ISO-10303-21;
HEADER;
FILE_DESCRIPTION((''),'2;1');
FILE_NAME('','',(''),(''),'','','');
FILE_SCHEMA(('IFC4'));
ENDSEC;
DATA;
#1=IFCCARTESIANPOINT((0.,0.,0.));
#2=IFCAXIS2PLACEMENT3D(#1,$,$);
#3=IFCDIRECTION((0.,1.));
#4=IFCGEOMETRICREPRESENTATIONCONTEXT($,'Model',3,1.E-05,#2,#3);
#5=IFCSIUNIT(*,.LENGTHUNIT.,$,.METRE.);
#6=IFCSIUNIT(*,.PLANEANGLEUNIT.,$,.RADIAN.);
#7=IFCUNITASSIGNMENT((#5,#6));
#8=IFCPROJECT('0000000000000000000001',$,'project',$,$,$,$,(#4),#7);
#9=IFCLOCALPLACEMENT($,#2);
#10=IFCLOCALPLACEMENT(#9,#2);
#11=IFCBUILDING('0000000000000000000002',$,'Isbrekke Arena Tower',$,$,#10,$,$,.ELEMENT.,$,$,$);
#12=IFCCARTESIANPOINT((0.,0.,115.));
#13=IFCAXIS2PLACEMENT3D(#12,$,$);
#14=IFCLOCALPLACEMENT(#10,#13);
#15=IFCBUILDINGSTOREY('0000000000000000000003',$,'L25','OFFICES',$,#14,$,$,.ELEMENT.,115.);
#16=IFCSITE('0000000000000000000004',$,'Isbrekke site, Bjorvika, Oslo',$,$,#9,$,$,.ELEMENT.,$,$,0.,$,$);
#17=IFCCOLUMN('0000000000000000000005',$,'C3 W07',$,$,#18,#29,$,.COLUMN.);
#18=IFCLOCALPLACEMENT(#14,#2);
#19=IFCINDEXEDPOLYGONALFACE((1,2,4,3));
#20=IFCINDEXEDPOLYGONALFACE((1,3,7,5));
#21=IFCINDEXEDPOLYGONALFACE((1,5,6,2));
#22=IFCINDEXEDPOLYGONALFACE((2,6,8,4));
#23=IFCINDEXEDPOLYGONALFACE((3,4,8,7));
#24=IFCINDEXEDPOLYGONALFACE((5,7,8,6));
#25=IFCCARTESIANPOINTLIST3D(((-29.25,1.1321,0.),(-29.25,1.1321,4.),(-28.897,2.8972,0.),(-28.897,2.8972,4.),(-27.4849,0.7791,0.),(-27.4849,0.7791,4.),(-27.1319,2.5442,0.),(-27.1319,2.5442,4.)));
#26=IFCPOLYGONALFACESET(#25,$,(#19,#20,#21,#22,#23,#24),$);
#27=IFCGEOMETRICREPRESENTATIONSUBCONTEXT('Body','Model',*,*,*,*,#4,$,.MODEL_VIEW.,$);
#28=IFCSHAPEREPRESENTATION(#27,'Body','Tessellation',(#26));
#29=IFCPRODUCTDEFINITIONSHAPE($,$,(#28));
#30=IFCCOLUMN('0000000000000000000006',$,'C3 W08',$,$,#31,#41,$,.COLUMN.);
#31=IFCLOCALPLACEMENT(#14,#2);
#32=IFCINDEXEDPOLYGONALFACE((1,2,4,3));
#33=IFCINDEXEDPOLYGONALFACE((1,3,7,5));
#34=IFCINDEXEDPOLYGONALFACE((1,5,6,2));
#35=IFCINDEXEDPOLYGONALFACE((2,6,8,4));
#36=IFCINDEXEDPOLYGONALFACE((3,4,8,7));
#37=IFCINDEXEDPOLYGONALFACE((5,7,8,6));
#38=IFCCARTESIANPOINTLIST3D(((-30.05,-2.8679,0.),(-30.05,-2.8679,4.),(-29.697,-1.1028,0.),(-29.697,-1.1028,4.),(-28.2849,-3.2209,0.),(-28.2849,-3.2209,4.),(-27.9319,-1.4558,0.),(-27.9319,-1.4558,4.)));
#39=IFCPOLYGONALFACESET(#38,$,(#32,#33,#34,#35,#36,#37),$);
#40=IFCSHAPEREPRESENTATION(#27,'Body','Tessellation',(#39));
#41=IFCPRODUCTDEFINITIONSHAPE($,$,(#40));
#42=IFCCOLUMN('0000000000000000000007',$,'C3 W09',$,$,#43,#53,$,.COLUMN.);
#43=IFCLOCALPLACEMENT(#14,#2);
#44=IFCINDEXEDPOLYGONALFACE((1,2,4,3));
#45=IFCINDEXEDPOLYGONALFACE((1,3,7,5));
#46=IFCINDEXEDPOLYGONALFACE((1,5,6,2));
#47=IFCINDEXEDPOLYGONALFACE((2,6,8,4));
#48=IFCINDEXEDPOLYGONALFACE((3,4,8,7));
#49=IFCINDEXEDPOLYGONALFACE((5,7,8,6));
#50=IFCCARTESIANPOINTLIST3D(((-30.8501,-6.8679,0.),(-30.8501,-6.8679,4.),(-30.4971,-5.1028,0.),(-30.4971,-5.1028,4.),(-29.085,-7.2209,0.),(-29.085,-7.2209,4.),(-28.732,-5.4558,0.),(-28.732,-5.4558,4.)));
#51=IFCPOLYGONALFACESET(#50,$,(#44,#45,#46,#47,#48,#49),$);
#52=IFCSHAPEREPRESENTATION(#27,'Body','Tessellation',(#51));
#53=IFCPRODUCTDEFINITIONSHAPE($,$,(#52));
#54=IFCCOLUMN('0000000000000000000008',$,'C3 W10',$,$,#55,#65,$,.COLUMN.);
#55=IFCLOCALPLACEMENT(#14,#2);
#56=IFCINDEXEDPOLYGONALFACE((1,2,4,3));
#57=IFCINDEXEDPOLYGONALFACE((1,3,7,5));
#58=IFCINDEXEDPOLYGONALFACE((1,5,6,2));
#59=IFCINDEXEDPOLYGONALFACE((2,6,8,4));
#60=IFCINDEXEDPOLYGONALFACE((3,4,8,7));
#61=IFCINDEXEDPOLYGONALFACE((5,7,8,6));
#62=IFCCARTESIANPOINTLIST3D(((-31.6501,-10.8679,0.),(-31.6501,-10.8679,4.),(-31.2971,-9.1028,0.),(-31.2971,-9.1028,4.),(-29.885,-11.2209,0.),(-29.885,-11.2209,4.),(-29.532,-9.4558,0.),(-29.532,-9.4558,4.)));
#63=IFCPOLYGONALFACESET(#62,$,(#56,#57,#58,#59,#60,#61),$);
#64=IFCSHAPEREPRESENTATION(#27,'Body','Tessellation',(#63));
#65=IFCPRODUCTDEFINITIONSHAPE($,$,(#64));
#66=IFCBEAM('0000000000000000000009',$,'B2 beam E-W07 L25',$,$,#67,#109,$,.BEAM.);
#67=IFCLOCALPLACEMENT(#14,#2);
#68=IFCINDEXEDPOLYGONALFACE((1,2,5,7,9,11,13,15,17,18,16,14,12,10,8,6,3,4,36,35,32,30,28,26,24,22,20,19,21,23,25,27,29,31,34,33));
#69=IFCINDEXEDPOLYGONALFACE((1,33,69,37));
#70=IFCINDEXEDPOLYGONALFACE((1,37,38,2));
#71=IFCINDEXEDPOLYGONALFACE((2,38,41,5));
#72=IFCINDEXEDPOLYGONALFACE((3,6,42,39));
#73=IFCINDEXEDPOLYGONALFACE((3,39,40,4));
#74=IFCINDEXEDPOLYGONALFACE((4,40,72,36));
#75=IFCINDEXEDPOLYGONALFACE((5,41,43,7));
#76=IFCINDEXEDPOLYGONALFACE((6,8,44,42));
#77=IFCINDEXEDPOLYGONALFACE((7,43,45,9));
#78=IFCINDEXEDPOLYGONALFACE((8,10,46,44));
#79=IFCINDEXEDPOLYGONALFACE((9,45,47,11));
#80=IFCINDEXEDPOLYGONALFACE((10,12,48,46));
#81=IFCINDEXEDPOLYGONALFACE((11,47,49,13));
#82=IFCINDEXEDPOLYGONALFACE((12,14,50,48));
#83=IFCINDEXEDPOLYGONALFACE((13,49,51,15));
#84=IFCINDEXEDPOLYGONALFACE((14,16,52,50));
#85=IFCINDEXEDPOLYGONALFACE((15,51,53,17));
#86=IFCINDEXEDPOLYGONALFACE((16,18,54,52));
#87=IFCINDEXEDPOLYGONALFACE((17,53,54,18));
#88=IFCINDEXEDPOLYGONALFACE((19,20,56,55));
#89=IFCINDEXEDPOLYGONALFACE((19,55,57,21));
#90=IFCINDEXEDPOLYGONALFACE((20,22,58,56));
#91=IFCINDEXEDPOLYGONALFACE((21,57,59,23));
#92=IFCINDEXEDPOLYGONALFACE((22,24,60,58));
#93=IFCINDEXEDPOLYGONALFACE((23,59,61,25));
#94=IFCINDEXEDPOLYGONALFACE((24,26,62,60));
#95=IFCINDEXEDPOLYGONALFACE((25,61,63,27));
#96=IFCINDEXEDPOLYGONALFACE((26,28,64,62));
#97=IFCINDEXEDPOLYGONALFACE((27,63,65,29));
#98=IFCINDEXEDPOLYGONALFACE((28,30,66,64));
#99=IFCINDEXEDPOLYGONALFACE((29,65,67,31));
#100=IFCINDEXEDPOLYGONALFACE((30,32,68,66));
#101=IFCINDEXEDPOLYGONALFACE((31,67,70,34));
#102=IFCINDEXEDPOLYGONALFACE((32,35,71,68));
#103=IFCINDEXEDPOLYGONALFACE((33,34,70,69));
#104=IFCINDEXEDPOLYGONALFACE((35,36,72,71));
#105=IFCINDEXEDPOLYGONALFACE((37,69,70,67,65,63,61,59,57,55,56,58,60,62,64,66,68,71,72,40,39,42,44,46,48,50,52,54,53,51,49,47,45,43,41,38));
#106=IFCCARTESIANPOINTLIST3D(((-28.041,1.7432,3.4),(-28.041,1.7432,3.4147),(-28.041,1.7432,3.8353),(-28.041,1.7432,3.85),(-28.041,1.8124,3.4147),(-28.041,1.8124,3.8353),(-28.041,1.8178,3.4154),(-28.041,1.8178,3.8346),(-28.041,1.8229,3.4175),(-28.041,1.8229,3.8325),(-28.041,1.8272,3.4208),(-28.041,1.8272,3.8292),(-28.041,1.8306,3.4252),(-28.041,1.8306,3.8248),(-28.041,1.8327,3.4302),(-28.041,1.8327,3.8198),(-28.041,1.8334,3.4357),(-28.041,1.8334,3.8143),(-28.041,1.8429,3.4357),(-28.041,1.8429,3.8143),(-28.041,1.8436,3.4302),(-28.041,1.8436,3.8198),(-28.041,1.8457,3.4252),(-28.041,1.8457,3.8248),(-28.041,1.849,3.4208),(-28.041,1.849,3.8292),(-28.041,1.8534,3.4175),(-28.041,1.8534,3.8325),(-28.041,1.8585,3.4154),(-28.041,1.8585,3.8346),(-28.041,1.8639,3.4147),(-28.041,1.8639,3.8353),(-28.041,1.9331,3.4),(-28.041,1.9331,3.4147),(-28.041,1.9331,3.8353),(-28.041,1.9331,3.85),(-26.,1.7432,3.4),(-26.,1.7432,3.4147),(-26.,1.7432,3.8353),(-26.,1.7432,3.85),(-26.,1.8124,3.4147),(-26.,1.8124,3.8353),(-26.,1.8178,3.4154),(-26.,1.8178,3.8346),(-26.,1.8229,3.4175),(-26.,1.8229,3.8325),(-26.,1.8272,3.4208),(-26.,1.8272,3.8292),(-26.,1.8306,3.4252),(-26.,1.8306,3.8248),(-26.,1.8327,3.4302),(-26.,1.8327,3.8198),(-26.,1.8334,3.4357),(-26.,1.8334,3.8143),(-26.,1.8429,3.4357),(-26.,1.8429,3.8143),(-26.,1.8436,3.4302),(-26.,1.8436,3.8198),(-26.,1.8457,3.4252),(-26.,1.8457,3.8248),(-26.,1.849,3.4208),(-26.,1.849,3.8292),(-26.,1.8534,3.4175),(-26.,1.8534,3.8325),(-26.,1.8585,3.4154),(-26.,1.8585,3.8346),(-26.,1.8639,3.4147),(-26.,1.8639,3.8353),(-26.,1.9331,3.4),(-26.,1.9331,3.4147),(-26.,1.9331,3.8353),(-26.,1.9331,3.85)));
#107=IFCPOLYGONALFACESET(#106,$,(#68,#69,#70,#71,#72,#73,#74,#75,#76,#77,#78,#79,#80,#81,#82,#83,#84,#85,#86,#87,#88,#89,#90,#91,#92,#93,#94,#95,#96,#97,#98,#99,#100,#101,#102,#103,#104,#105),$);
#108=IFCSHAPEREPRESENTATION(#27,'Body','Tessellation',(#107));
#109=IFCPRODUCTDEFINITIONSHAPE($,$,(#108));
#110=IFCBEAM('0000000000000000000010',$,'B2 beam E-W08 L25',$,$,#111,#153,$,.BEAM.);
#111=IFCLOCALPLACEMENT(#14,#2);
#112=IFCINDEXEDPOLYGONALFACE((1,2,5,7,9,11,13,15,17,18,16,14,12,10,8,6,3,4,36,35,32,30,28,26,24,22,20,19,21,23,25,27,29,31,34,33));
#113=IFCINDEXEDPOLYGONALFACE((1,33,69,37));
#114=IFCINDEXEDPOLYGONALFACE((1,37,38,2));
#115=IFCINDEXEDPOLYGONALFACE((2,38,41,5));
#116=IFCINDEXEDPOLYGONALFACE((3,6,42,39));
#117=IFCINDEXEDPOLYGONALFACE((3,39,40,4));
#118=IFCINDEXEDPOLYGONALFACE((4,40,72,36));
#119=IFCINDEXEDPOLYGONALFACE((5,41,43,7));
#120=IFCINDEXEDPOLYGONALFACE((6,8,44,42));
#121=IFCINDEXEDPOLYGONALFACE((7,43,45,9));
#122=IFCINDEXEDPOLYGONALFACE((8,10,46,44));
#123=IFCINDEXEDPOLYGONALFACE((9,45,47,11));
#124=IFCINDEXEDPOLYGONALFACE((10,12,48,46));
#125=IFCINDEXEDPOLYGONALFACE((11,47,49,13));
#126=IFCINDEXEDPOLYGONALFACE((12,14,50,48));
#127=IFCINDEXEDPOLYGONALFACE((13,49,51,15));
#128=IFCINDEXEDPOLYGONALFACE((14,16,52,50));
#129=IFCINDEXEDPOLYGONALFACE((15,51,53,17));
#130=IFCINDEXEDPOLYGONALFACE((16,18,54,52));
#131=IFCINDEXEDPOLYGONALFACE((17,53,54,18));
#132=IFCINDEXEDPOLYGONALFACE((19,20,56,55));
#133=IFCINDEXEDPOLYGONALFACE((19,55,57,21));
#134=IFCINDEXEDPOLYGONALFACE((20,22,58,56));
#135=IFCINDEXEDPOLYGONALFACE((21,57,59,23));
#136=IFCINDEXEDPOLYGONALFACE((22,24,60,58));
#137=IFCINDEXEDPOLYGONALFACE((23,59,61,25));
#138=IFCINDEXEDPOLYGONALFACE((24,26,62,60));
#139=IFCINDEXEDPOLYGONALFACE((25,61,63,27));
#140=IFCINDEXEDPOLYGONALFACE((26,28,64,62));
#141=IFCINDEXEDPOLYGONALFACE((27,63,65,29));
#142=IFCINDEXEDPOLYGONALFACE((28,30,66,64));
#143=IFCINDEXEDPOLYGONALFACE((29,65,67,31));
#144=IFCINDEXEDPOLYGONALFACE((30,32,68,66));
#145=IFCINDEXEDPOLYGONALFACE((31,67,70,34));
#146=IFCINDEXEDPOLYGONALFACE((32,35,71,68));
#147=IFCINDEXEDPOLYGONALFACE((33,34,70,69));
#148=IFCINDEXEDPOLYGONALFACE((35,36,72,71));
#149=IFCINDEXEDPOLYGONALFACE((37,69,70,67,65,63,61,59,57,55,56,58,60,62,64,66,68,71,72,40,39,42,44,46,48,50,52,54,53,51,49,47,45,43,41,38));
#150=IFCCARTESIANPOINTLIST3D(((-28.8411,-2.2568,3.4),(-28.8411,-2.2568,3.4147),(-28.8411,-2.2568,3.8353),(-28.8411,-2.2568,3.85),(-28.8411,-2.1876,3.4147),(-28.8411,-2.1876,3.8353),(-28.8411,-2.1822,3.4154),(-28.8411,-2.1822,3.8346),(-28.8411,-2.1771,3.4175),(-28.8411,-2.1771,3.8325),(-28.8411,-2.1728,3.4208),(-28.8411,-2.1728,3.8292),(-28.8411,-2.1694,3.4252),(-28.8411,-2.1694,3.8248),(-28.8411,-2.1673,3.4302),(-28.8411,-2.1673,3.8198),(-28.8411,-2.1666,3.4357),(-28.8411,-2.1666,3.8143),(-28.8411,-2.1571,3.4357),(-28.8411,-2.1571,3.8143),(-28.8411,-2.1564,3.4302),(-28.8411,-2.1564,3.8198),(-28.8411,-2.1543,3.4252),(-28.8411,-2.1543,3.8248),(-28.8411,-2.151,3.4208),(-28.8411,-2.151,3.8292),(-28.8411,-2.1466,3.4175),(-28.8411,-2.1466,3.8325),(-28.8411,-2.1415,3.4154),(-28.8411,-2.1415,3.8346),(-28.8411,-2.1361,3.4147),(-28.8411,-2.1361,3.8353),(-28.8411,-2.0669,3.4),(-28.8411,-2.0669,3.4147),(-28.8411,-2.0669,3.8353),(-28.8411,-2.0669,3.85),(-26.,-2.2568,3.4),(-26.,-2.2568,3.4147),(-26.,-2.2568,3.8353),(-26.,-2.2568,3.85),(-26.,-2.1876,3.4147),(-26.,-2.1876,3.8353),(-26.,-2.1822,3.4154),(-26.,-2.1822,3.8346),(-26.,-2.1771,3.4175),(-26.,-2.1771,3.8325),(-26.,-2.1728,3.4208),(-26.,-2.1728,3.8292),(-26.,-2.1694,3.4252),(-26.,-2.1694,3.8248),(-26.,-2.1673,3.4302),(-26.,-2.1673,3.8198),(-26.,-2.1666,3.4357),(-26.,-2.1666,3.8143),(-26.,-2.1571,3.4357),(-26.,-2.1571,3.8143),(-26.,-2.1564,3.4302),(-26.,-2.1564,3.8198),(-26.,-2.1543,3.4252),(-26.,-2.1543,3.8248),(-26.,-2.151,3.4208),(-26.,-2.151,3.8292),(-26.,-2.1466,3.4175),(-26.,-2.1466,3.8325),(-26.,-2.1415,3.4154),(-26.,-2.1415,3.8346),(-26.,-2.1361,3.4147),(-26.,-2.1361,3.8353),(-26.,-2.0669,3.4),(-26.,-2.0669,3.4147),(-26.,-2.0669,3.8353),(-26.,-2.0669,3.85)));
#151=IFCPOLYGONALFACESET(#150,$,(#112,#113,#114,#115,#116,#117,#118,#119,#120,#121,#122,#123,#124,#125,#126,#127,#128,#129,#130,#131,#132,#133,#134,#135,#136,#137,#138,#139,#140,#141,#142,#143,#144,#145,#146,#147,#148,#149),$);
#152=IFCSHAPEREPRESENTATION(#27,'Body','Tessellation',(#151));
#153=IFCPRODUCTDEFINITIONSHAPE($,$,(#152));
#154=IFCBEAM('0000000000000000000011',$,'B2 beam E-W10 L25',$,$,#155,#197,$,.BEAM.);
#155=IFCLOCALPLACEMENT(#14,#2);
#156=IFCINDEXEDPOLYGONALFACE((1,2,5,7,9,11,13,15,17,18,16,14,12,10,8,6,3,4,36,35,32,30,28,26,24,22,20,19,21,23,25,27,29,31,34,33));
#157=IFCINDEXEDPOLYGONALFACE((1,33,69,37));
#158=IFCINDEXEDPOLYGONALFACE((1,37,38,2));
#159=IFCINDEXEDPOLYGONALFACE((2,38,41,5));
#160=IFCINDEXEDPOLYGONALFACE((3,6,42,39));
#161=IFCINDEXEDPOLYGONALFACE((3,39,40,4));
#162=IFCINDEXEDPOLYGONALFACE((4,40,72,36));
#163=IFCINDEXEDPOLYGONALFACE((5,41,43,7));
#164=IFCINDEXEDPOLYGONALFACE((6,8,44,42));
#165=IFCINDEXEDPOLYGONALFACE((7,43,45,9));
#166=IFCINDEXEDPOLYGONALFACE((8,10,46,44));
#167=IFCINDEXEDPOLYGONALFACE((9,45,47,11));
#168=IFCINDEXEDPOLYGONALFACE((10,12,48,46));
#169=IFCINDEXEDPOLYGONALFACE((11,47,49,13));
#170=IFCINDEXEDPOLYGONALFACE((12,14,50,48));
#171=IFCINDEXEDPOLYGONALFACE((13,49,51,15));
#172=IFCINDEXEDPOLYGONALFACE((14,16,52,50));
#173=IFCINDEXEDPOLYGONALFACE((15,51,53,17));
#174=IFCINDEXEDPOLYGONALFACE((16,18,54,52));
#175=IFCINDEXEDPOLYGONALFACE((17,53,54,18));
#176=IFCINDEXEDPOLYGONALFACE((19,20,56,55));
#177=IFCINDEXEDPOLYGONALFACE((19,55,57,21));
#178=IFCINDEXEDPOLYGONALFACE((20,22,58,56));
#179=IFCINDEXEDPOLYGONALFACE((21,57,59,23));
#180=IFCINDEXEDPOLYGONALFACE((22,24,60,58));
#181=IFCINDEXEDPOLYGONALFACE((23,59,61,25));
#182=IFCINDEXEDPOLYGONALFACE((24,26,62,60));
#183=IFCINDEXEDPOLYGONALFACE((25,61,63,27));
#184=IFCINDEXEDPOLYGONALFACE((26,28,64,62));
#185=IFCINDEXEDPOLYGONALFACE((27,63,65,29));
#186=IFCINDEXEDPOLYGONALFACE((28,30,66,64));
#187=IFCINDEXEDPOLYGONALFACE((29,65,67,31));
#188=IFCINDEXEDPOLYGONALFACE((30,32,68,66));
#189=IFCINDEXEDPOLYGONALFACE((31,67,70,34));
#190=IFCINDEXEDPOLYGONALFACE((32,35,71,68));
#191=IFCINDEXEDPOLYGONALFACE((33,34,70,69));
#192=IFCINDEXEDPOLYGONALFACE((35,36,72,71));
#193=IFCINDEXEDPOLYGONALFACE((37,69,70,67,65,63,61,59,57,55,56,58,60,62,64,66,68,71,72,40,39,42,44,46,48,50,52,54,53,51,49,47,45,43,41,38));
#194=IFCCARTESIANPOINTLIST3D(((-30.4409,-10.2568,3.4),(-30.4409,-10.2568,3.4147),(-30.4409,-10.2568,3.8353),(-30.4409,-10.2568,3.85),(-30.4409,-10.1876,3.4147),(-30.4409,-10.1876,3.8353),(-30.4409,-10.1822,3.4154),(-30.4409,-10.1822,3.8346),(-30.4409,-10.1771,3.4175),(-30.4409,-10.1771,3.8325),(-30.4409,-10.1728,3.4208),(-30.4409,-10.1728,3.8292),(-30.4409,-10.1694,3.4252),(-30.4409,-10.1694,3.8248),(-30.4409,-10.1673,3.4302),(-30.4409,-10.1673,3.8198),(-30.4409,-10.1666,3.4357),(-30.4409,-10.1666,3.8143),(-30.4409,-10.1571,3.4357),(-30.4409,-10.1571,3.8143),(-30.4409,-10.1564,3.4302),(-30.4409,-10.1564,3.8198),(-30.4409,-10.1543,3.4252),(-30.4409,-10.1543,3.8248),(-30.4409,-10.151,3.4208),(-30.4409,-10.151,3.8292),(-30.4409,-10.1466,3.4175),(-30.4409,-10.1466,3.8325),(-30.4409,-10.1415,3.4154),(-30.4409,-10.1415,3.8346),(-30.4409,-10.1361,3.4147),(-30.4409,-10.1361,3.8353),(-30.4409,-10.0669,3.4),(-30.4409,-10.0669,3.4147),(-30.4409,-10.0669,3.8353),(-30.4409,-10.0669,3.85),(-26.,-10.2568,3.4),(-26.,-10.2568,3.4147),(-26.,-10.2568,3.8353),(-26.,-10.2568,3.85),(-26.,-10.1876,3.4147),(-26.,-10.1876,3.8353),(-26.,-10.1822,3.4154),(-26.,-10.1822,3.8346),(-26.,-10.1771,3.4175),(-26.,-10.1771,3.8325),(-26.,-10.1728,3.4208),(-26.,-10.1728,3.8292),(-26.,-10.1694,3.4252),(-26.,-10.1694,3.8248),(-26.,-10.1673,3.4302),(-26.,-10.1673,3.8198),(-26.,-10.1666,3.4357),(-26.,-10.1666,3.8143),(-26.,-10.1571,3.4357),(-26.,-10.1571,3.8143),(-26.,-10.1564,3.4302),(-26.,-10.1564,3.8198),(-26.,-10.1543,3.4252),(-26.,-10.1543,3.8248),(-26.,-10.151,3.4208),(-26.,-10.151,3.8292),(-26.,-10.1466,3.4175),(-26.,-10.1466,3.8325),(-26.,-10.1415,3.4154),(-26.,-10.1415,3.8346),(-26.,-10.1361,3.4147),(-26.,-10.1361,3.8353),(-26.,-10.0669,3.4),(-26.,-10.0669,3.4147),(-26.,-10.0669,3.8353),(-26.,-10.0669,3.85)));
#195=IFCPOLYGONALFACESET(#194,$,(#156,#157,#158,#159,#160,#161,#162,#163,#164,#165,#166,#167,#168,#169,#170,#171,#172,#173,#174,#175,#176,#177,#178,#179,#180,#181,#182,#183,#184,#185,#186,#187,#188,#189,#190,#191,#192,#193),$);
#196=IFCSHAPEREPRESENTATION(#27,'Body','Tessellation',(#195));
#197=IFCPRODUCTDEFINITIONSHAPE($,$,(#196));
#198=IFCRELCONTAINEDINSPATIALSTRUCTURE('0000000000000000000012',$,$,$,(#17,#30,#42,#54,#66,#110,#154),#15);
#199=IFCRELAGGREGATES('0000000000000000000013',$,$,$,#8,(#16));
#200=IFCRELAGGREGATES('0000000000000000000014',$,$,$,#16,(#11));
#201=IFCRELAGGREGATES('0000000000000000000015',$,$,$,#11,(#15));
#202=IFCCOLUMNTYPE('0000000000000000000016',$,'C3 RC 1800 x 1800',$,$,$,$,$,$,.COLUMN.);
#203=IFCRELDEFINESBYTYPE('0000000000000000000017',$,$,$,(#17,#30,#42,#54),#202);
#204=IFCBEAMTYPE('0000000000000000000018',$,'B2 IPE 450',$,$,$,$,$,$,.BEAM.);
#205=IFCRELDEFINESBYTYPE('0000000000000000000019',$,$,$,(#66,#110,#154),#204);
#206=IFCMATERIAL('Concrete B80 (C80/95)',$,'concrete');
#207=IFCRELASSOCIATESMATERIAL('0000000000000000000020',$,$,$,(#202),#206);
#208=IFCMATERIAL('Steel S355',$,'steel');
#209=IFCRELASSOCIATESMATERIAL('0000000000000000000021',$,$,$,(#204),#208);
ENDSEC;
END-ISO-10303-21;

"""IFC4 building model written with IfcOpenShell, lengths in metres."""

from ifc_helpers import new_model, si_unit, direction, frame, origin, origin_2d, place, context, subcontext, project, spatial, rectangle, i_section, extrude, material, material_profile, profile_set, type_object, element, save


model = new_model("IFC4")

# Units and contexts
model_context = context("Model", 3, precision=1e-05, world=origin(), true_north=direction((0.0, 1.0)))
body_context = subcontext(model_context, "Body", "Model", "MODEL_VIEW")
ifc_project = project(units=[si_unit("LENGTHUNIT", "METRE"), si_unit("PLANEANGLEUNIT", "RADIAN")], contexts=[model_context])

# Site, building, storey
site_placement = place(None, origin())
site = spatial("IfcSite", under=ifc_project, at=site_placement, Name="Isbrekke site, Bjorvika, Oslo", CompositionType="ELEMENT", RefElevation=0.0)
building_placement = place(site_placement, origin())
building = spatial("IfcBuilding", under=site, at=building_placement, Name="Isbrekke Arena Tower", CompositionType="ELEMENT")
storey_placement = place(building_placement, frame((0.0, 0.0, 115.0)))
storey = spatial("IfcBuildingStorey", under=building, at=storey_placement, Name="L25", Description="OFFICES", CompositionType="ELEMENT", Elevation=115.0)

# Columns
ifc_material_1 = material(Name="Concrete B80 (C80/95)", Category="concrete")
ifc_material_profile_1 = material_profile(ifc_material_1, rectangle(XDim=1.8, YDim=1.8, at=origin_2d()), Name="RC 1800x1800")
ifc_profile_set_1 = profile_set([ifc_material_profile_1], Name="Concrete B80 (C80/95)")
column_type = type_object("IfcColumnType", Name="C3 RC 1800 x 1800", PredefinedType="COLUMN", material=ifc_profile_set_1)
for number, where, z_axis, x_axis, name in (
    (1, (-28.1909, 1.8381, 0.0), (0.0, 0.0, 1.0), (-0.196116, -0.980581, 0.0), "C3 W07"),
    (2, (-28.991, -2.1619, 0.0), (0.0, 0.0, 1.0), (-0.196116, -0.980581, 0.0), "C3 W08"),
    (3, (-29.791, -6.1619, 0.0), (0.0, 0.0, 1.0), (-0.196116, -0.980581, 0.0), "C3 W09"),
    (4, (-30.5911, -10.1619, 0.0), (0.0, 0.0, 1.0), (-0.196116, -0.980581, 0.0), "C3 W10"),
):
    element("IfcColumn", number, at=place(storey_placement, frame(where, z_axis=z_axis, x_axis=x_axis)), inside=storey, type_object=column_type, Name=name, PredefinedType="COLUMN", context=body_context, shape_type="SweptSolid", body=[
        extrude(rectangle(XDim=1.8, YDim=1.8, at=origin_2d()), origin(), (0.0, 0.0, 1.0), 4.0),
    ])

# Beams
ifc_material_2 = material(Name="Steel S355", Category="steel")
ifc_material_profile_2 = material_profile(ifc_material_2, i_section(OverallWidth=0.1899, OverallDepth=0.45, WebThickness=0.0095, FlangeThickness=0.0146, FilletRadius=0.021, at=origin_2d()), Name="IPE 450")
ifc_profile_set_2 = profile_set([ifc_material_profile_2], Name="Steel S355")
beam_type_1 = type_object("IfcBeamType", Name="B2 IPE 450", PredefinedType="BEAM", material=ifc_profile_set_2)
beam_1_placement = place(storey_placement, frame((-28.041, 1.8381, 3.625), z_axis=(1.0, 0.0, 0.0), x_axis=(0.0, 1.0, 0.0)))
element("IfcBeam", 5, at=beam_1_placement, inside=storey, type_object=beam_type_1, Name="B2 beam E-W07 L25", PredefinedType="BEAM", context=body_context, shape_type="SweptSolid", body=[
    extrude(i_section(OverallWidth=0.1899, OverallDepth=0.45, WebThickness=0.0095, FlangeThickness=0.0146, FilletRadius=0.021, at=origin_2d()), origin(), (0.0, 0.0, 1.0), 2.041),
])
beam_2_placement = place(storey_placement, frame((-28.8411, -2.1619, 3.625), z_axis=(1.0, 0.0, 0.0), x_axis=(0.0, 1.0, 0.0)))
element("IfcBeam", 6, at=beam_2_placement, inside=storey, type_object=beam_type_1, Name="B2 beam E-W08 L25", PredefinedType="BEAM", context=body_context, shape_type="SweptSolid", body=[
    extrude(i_section(OverallWidth=0.1899, OverallDepth=0.45, WebThickness=0.0095, FlangeThickness=0.0146, FilletRadius=0.021, at=origin_2d()), origin(), (0.0, 0.0, 1.0), 2.8411),
])
beam_3_placement = place(storey_placement, frame((-30.4409, -10.1619, 3.625), z_axis=(1.0, 0.0, 0.0), x_axis=(0.0, 1.0, 0.0)))
element("IfcBeam", 7, at=beam_3_placement, inside=storey, type_object=beam_type_1, Name="B2 beam E-W10 L25", PredefinedType="BEAM", context=body_context, shape_type="SweptSolid", body=[
    extrude(i_section(OverallWidth=0.1899, OverallDepth=0.45, WebThickness=0.0095, FlangeThickness=0.0146, FilletRadius=0.021, at=origin_2d()), origin(), (0.0, 0.0, 1.0), 4.4409),
])

save(model, "model.ifc")
